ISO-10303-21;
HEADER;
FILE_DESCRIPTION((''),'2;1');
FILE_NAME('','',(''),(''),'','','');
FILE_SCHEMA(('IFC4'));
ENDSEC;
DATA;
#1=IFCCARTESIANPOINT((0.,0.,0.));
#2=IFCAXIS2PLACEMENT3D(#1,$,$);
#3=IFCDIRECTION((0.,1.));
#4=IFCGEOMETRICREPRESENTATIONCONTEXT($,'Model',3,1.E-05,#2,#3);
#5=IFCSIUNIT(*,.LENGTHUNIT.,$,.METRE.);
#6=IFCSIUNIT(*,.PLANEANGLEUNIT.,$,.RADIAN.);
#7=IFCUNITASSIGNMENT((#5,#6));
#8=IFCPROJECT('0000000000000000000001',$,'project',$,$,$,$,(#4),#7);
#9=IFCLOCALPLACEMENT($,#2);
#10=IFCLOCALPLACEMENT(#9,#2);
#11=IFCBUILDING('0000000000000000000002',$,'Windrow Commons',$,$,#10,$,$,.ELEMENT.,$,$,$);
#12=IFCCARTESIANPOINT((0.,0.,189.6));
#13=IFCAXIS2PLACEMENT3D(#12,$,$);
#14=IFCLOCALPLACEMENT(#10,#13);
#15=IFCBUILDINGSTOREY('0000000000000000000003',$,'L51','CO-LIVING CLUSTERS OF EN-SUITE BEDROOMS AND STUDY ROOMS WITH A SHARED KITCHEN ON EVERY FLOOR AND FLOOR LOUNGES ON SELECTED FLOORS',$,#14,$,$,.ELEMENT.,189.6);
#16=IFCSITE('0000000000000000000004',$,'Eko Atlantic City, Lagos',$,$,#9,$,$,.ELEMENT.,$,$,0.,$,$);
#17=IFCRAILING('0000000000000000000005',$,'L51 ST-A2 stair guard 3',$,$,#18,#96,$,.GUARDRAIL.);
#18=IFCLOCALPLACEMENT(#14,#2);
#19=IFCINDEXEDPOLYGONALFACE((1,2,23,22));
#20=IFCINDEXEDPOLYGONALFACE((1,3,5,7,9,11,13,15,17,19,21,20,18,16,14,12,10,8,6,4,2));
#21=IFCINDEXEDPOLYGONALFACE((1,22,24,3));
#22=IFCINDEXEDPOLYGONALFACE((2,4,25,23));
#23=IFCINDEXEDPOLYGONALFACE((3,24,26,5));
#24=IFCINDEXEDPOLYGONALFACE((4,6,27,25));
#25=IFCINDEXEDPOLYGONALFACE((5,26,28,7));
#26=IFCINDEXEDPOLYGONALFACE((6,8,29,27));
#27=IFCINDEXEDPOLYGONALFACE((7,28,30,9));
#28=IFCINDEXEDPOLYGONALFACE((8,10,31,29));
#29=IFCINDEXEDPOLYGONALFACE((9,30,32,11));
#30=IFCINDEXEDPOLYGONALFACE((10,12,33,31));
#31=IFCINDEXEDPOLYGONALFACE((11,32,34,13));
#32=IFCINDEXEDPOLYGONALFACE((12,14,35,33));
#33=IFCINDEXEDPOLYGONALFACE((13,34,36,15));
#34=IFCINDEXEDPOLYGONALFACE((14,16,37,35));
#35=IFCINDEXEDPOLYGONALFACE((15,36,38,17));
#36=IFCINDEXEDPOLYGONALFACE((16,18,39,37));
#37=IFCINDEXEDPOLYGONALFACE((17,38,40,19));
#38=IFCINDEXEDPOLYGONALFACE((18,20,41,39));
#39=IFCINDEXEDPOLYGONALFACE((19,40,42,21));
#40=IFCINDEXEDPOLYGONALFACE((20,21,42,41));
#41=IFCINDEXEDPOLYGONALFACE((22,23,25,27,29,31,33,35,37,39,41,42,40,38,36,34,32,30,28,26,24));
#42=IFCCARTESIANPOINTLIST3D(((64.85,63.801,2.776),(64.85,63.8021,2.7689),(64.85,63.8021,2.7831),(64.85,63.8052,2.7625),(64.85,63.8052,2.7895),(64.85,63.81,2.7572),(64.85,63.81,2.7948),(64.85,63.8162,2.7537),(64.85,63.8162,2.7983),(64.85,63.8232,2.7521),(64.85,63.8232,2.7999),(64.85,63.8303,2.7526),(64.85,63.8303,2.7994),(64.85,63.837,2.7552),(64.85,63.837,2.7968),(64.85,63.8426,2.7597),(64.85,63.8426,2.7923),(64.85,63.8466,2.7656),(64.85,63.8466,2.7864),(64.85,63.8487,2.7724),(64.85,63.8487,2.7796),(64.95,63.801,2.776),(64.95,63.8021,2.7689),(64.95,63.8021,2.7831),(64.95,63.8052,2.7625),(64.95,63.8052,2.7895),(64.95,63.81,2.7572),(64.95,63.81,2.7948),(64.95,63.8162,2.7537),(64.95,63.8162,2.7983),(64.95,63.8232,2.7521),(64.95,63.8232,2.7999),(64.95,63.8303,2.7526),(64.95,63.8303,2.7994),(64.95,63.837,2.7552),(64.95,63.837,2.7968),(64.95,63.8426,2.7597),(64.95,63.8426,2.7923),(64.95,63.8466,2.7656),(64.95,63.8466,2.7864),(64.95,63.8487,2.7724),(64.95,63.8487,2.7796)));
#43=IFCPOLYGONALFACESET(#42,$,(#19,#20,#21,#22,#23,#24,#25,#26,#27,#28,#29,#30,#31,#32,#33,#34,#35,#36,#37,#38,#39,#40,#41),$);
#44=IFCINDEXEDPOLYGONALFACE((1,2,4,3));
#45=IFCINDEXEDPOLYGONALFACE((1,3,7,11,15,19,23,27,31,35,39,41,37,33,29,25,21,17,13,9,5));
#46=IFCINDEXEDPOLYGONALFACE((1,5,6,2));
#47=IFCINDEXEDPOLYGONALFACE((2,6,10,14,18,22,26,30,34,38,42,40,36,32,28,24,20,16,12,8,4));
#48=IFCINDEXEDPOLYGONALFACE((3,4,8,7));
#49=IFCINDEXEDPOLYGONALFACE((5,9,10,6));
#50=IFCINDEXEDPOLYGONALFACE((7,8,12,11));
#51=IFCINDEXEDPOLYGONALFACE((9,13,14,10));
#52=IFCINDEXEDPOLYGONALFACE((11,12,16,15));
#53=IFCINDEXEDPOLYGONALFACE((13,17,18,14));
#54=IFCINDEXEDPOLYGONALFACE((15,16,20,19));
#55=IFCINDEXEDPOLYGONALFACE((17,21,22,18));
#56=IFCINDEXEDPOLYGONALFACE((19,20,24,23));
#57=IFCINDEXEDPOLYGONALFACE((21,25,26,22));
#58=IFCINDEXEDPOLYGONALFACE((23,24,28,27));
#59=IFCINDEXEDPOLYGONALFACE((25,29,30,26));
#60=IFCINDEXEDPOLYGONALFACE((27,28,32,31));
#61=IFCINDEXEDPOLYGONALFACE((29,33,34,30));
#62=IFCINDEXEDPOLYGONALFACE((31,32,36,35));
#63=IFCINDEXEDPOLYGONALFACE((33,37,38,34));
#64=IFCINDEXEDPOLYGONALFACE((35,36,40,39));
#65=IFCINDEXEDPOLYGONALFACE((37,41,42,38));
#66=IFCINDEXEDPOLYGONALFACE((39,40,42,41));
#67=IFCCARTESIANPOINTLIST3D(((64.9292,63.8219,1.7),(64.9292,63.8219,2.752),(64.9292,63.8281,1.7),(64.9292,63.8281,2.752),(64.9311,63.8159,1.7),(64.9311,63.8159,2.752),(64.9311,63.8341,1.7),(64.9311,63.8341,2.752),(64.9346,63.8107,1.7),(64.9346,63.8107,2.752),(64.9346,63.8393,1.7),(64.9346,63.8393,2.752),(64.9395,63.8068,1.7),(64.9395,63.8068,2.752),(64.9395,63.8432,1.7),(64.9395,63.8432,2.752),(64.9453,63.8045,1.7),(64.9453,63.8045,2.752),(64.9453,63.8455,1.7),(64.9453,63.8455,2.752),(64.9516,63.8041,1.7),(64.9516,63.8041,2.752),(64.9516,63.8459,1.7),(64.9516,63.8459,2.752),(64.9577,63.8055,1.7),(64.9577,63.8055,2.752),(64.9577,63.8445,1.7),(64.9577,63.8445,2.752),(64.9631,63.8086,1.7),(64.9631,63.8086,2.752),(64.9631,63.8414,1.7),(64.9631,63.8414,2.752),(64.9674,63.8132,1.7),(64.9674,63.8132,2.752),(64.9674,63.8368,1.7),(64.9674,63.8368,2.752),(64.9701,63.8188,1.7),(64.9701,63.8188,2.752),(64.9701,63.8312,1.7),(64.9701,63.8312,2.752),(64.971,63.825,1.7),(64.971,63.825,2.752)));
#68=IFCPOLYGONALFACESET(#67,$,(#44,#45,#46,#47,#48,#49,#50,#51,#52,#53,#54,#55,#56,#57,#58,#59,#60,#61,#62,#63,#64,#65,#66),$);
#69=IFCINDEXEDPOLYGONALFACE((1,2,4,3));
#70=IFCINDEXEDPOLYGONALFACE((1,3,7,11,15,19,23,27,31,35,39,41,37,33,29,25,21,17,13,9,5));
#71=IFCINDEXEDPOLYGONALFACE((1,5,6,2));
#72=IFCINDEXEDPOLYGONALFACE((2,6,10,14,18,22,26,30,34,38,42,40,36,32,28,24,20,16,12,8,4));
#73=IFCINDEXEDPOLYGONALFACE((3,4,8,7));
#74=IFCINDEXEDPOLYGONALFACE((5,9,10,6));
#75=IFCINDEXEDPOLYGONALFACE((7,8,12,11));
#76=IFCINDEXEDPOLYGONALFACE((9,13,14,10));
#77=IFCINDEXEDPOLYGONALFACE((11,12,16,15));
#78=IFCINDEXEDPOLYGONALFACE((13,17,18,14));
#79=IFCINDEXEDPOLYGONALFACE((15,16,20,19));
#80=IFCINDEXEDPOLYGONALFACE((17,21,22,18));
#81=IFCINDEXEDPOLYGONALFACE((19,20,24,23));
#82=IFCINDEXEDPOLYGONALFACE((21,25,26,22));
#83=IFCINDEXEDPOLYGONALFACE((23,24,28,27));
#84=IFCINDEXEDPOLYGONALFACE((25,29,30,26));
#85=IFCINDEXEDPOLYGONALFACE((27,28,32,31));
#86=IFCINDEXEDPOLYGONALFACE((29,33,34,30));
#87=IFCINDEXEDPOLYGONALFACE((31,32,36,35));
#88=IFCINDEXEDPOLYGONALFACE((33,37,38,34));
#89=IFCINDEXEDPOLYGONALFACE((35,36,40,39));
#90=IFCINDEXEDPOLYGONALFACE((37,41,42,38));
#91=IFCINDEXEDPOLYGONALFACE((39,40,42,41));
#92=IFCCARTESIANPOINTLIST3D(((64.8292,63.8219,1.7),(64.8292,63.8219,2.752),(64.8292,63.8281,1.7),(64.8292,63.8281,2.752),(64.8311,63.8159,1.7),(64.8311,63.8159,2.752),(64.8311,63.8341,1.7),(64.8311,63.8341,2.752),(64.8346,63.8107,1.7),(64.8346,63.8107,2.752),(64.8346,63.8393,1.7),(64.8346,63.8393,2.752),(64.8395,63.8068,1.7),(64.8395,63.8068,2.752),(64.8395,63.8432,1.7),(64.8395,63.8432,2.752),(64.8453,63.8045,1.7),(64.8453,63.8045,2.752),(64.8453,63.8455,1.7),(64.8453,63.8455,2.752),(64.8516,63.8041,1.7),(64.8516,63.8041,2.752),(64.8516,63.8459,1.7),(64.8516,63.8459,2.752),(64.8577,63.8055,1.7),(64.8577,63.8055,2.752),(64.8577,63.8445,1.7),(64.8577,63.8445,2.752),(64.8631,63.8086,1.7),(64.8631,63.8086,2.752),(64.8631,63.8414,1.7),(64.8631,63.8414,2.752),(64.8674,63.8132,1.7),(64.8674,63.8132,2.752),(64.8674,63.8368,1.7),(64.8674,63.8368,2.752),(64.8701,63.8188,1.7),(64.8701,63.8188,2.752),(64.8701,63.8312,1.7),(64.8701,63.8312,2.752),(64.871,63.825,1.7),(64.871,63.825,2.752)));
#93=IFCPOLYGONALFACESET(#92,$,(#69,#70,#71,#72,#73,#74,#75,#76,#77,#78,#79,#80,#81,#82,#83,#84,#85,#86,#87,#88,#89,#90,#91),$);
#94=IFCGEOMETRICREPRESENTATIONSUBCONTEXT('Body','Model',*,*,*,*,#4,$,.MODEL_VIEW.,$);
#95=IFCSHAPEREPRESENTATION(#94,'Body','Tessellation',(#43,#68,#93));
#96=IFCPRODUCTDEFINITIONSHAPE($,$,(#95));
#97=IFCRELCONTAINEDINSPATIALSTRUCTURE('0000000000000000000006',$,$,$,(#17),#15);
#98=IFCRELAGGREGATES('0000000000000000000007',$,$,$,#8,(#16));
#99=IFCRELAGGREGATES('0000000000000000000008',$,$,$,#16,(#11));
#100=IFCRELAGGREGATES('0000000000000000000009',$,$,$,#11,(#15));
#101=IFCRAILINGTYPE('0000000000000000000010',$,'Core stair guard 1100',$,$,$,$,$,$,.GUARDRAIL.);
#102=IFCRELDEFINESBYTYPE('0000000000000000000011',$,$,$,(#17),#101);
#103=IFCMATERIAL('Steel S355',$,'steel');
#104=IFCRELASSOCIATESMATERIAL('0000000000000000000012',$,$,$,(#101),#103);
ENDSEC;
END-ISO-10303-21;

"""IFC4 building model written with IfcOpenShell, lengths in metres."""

from ifc_helpers import new_model, si_unit, direction, frame, origin, origin_2d, place, context, subcontext, project, spatial, circle, extrude, material, type_object, element, save


model = new_model("IFC4")

# Units and contexts
model_context = context("Model", 3, precision=1e-05, world=origin(), true_north=direction((0.0, 1.0)))
body_context = subcontext(model_context, "Body", "Model", "MODEL_VIEW")
ifc_project = project(units=[si_unit("LENGTHUNIT", "METRE"), si_unit("PLANEANGLEUNIT", "RADIAN")], contexts=[model_context])

# Site, building, storey
site_placement = place(None, origin())
site = spatial("IfcSite", under=ifc_project, at=site_placement, Name="Eko Atlantic City, Lagos", CompositionType="ELEMENT", RefElevation=0.0)
building_placement = place(site_placement, origin())
building = spatial("IfcBuilding", under=site, at=building_placement, Name="Windrow Commons", CompositionType="ELEMENT")
storey_placement = place(building_placement, frame((0.0, 0.0, 189.6)))
storey = spatial("IfcBuildingStorey", under=building, at=storey_placement, Name="L51", Description="CO-LIVING CLUSTERS OF EN-SUITE BEDROOMS AND STUDY ROOMS WITH A SHARED KITCHEN ON EVERY FLOOR AND FLOOR LOUNGES ON SELECTED FLOORS", CompositionType="ELEMENT", Elevation=189.6)

# Railing
ifc_material_1 = material(Name="Steel S355", Category="steel")
railing_type_1 = type_object("IfcRailingType", Name="Core stair guard 1100", PredefinedType="GUARDRAIL", material=ifc_material_1)
railing_1_placement = place(storey_placement, frame((64.95, 63.825, 1.7)))
element("IfcRailing", 1, at=railing_1_placement, inside=storey, type_object=railing_type_1, Name="L51 ST-A2 stair guard 3", PredefinedType="GUARDRAIL", context=body_context, shape_type="SweptSolid", body=[
    extrude(circle(Radius=0.024, at=origin_2d()), frame((0.0, 0.0, 1.076), z_axis=(-1.0, 0.0, 0.0), x_axis=(0.0, -1.0, 0.0)), (0.0, 0.0, 1.0), 0.1),
    extrude(circle(Radius=0.021, at=origin_2d()), origin(), (0.0, 0.0, 1.0), 1.052),
    extrude(circle(Radius=0.021, at=origin_2d()), frame((-0.1, 0.0, 0.0)), (0.0, 0.0, 1.0), 1.052),
])

save(model, "model.ifc")
